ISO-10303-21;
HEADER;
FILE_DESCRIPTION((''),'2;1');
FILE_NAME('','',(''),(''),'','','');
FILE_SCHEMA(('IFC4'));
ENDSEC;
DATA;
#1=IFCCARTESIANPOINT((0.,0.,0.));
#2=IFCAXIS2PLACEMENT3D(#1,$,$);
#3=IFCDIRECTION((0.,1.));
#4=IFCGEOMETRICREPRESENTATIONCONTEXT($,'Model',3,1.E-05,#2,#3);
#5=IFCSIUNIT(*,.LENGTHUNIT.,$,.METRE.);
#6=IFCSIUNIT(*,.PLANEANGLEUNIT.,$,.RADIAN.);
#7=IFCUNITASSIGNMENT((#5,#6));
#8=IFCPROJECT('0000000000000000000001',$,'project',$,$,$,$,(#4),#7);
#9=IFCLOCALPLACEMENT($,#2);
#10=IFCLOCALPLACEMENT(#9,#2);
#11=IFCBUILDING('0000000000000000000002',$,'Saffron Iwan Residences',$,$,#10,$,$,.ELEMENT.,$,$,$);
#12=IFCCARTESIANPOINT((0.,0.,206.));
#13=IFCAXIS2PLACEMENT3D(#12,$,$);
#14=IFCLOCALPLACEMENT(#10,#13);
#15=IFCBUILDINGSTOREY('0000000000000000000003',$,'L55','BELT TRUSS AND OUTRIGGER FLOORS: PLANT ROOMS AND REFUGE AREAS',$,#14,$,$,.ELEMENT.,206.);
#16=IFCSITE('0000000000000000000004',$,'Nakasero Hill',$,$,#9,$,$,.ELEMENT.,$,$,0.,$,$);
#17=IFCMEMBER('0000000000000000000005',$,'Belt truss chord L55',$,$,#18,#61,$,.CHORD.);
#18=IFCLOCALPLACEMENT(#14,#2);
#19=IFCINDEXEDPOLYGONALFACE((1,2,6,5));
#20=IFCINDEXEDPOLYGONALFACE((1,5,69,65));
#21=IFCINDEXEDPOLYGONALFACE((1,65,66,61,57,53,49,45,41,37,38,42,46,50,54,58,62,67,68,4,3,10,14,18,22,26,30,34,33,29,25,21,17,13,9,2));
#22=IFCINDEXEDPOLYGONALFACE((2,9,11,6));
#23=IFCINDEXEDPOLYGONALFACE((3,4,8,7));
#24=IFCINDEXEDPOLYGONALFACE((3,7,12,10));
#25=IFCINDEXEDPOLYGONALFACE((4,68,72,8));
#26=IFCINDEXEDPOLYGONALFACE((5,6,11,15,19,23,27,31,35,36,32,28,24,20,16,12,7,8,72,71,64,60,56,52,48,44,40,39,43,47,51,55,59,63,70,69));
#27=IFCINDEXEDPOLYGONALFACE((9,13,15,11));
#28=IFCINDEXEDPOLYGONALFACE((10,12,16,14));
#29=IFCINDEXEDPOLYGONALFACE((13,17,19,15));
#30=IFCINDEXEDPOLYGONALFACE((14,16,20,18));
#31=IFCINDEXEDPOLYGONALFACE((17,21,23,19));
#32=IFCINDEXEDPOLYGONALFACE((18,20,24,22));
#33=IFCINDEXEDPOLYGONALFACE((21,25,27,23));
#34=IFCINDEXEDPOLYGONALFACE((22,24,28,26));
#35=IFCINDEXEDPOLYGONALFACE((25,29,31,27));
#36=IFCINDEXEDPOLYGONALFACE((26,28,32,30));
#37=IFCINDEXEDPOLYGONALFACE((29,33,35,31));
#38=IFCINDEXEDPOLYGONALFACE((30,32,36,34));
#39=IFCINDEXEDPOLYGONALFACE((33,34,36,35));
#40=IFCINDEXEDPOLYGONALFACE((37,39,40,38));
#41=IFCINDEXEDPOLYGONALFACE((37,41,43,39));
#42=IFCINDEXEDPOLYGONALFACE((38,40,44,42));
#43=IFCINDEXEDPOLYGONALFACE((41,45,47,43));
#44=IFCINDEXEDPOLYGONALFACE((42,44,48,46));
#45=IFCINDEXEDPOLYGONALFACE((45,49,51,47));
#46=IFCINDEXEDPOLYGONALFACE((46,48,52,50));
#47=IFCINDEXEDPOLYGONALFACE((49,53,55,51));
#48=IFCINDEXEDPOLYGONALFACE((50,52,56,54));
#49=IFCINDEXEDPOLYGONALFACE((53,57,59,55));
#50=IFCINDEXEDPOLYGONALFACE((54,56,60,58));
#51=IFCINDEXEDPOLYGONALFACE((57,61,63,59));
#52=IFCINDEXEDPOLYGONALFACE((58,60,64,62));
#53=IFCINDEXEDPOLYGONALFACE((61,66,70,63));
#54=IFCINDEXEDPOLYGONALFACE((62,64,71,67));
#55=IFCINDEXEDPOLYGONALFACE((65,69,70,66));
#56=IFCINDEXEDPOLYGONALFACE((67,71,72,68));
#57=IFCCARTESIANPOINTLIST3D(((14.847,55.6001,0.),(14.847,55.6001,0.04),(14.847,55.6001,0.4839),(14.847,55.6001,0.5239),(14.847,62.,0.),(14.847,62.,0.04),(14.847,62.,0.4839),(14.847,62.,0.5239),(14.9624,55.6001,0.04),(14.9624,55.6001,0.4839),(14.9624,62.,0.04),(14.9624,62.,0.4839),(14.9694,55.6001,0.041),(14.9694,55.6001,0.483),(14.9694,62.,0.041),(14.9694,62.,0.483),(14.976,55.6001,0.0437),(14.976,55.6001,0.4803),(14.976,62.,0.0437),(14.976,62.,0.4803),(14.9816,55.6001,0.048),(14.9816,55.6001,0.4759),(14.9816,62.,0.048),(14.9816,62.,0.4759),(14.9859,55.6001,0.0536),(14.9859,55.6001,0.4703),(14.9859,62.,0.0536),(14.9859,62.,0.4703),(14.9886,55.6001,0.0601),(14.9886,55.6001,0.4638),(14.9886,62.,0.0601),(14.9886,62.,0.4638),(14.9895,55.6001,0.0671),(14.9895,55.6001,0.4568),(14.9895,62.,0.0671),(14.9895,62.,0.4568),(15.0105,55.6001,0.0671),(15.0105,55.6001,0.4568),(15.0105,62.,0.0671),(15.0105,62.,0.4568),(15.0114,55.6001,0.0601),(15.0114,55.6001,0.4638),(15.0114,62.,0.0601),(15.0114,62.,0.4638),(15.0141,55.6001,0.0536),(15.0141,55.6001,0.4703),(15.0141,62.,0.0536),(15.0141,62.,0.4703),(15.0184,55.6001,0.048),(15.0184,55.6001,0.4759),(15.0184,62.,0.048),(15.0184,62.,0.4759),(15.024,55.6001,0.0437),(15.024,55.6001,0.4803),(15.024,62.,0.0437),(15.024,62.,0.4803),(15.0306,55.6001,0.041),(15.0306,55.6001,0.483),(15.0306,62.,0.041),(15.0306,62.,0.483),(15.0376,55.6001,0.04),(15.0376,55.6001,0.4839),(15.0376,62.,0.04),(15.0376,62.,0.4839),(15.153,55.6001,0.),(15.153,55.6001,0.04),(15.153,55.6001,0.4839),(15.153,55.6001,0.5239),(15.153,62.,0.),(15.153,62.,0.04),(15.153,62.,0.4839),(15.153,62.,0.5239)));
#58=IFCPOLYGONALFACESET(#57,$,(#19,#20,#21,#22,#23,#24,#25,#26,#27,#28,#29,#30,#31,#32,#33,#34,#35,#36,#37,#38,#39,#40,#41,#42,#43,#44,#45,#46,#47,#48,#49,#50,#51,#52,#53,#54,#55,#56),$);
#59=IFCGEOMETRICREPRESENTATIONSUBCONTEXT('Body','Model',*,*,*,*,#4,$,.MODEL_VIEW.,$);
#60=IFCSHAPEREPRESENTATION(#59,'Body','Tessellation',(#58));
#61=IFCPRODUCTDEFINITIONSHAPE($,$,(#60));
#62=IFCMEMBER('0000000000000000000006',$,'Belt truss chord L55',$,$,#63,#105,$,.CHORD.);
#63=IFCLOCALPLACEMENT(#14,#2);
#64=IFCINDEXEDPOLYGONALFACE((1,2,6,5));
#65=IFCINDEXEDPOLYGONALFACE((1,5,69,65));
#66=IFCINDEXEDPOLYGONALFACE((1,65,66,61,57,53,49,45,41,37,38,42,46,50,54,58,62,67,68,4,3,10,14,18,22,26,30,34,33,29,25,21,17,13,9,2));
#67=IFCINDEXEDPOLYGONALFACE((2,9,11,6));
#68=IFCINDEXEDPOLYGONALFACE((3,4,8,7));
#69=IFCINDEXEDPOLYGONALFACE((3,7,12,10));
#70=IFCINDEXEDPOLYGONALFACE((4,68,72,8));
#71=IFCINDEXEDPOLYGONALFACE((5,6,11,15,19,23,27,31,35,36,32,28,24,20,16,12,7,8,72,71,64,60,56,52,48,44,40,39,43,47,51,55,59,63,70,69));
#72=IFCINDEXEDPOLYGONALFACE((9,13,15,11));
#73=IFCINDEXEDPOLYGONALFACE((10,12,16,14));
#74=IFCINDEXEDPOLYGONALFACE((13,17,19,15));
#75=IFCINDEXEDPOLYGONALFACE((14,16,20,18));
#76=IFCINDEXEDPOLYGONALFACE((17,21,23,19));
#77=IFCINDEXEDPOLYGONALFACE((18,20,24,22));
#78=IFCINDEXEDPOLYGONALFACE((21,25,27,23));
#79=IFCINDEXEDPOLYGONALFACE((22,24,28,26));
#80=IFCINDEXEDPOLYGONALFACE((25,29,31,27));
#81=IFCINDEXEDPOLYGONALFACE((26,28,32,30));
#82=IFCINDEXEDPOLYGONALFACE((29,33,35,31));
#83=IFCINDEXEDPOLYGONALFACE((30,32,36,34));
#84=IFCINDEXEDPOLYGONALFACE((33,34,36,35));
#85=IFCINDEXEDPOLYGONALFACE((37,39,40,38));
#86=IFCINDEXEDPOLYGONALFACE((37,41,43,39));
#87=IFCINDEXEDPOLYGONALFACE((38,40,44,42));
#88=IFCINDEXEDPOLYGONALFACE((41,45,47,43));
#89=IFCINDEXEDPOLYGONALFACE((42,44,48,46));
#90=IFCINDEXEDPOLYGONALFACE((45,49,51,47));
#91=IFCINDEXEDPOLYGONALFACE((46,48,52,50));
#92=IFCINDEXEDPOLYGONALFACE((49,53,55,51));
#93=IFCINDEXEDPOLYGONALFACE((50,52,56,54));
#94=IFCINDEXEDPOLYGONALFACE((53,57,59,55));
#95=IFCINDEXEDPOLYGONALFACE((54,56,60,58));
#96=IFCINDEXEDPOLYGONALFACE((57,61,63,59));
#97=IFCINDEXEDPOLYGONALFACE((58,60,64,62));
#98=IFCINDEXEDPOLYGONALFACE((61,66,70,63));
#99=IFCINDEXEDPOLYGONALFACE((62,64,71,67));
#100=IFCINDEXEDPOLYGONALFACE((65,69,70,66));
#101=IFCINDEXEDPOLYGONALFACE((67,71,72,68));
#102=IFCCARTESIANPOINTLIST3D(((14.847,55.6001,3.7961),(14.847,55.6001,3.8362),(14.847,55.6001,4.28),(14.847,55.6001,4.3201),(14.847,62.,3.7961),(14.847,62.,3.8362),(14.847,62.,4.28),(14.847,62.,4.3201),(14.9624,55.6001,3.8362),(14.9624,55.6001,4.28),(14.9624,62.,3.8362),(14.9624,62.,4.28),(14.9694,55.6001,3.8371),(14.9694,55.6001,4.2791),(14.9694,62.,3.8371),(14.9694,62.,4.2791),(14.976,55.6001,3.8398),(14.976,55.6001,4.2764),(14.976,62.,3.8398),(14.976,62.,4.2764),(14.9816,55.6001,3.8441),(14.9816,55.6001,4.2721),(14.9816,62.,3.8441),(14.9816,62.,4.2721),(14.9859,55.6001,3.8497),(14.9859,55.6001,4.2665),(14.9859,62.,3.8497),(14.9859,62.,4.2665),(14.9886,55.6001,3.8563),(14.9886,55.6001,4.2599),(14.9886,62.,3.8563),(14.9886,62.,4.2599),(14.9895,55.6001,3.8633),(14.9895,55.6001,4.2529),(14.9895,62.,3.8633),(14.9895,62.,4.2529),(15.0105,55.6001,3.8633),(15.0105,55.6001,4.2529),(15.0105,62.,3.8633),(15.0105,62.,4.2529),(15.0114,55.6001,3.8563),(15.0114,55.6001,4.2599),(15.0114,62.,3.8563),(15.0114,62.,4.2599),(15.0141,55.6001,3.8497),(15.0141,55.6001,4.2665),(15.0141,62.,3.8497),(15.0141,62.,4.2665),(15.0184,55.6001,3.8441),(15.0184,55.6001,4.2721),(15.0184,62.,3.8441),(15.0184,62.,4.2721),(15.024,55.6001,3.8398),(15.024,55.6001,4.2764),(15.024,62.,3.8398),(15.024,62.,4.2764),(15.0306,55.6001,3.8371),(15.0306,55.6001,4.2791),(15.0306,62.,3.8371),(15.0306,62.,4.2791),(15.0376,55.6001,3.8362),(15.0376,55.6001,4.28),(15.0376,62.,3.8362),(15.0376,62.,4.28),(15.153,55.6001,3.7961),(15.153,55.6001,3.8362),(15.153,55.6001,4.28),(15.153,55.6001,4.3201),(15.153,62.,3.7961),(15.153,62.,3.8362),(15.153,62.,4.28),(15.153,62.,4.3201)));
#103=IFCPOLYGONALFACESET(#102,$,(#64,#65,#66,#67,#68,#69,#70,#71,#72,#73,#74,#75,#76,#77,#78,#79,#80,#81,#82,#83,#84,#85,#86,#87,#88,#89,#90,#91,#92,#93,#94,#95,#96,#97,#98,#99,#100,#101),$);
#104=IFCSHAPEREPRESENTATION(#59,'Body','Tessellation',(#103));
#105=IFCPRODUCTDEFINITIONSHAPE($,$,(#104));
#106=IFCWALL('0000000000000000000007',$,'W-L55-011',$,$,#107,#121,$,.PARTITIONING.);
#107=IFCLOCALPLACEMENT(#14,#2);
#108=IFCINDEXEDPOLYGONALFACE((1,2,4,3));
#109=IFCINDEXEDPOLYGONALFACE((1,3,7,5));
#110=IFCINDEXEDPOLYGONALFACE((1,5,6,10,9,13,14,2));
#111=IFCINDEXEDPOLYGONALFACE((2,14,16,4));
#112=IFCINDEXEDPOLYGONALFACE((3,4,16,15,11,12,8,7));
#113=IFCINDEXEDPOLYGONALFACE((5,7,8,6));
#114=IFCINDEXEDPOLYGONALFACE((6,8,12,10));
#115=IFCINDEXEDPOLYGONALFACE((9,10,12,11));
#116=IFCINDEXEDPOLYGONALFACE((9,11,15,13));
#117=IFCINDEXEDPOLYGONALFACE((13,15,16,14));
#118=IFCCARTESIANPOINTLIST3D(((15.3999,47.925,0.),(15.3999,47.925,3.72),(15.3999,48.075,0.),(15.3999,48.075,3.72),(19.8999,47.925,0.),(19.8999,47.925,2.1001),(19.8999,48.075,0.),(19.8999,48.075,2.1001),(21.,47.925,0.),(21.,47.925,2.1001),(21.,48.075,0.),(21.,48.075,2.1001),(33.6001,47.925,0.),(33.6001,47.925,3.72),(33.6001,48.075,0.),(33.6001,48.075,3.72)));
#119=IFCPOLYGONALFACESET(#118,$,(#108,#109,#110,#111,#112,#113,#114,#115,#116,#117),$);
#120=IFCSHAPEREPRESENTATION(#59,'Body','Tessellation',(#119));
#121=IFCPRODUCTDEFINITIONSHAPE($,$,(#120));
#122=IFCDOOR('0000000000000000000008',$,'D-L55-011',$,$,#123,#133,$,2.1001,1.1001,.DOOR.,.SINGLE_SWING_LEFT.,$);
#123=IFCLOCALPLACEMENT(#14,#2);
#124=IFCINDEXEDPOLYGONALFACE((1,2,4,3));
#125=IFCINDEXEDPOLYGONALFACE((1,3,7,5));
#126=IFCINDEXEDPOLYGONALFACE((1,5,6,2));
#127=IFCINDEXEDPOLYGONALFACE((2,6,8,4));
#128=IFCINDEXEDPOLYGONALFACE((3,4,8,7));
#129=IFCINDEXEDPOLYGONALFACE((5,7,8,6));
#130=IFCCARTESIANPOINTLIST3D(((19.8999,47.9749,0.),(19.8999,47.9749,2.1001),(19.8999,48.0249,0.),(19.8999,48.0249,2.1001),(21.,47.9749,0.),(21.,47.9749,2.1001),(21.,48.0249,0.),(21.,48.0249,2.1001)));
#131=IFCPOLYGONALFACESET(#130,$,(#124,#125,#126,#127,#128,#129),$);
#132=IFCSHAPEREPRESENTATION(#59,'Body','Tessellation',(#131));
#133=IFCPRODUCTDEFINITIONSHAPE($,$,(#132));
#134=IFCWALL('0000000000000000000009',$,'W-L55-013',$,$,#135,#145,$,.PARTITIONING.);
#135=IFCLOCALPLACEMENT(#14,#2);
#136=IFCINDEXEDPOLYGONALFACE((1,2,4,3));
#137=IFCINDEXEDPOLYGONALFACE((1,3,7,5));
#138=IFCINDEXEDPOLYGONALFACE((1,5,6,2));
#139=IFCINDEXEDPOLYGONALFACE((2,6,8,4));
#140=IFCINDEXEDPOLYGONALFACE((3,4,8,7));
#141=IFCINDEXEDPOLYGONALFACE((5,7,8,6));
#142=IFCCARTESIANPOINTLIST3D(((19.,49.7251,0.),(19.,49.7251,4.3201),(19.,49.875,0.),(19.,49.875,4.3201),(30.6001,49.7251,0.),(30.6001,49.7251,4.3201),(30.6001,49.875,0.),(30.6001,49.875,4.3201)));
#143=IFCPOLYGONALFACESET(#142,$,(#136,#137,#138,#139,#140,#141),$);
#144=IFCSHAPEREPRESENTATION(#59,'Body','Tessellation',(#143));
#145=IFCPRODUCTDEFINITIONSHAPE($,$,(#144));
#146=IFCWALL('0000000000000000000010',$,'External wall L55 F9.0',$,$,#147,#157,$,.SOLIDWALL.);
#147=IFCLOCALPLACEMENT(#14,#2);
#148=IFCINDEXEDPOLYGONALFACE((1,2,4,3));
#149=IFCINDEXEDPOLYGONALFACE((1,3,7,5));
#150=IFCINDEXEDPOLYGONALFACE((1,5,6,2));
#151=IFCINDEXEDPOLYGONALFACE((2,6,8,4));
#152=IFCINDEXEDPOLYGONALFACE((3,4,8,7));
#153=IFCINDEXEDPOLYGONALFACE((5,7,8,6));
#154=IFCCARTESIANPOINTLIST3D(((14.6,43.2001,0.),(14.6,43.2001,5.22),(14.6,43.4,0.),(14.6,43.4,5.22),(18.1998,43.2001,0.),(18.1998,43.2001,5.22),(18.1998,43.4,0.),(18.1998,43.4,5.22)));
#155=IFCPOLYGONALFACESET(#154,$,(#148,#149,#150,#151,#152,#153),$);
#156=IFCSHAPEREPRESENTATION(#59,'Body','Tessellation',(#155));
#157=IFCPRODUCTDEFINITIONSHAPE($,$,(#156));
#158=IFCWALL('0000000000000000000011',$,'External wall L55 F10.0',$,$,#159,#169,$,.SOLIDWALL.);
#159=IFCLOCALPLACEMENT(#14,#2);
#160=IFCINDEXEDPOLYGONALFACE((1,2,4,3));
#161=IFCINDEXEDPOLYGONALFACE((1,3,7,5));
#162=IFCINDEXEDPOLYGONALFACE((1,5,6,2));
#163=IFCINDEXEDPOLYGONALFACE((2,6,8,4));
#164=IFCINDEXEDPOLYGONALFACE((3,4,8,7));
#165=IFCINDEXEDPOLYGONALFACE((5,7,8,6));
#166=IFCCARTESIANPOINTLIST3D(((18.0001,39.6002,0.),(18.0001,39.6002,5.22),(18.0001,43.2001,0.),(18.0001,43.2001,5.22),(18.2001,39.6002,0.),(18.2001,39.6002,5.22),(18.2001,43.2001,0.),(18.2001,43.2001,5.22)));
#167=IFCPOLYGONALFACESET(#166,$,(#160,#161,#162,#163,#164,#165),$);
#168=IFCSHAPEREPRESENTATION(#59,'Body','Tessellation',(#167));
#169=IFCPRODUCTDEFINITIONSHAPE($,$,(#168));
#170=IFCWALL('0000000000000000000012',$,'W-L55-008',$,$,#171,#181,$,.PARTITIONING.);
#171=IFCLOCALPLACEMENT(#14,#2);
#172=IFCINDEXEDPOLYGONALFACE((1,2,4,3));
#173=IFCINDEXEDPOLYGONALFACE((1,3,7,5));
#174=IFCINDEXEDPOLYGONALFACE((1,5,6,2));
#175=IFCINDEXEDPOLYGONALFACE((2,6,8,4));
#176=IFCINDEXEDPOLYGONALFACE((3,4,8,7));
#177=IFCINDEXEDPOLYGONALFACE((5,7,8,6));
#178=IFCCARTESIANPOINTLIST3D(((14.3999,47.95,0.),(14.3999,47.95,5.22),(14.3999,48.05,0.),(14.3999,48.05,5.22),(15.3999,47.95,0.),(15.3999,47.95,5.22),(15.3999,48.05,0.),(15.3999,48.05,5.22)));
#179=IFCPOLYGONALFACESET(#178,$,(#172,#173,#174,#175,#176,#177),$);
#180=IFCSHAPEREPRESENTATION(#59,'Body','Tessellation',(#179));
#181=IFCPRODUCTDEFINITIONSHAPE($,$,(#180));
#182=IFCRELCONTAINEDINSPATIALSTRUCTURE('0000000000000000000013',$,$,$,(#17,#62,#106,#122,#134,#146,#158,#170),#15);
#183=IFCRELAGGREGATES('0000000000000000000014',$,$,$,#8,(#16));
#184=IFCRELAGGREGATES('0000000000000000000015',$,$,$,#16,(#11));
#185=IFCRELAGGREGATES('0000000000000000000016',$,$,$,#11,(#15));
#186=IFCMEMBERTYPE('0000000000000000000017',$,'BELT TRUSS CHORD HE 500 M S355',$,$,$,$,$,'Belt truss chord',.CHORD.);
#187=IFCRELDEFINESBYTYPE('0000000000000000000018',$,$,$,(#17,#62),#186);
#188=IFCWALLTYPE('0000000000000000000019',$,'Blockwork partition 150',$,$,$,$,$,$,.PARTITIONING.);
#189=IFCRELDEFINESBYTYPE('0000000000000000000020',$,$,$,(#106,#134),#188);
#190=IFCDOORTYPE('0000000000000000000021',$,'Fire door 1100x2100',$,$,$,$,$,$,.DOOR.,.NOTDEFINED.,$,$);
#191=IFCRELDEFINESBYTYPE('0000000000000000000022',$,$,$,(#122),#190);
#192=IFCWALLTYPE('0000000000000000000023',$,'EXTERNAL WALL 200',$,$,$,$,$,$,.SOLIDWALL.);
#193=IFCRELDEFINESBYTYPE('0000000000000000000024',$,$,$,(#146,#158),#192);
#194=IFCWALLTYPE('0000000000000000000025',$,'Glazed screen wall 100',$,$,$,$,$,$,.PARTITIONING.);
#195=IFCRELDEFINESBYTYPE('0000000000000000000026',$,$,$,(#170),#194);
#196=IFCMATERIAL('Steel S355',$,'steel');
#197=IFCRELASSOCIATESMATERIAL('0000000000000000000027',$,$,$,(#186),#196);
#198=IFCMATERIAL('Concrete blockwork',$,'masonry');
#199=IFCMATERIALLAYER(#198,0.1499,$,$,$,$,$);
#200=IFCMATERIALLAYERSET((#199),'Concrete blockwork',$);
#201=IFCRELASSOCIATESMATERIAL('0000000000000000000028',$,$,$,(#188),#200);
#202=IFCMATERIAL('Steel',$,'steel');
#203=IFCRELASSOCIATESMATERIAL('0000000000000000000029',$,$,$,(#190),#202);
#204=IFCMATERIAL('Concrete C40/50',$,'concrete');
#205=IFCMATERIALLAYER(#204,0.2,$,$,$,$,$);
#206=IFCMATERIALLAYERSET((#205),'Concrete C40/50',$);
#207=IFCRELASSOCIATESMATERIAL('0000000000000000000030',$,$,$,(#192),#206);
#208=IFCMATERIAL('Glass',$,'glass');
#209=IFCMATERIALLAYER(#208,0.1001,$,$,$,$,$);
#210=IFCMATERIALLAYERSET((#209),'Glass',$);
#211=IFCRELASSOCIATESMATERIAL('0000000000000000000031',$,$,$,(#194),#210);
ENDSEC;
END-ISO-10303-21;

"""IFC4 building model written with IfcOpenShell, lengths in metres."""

from ifc_helpers import new_model, si_unit, direction, frame, frame_2d, origin, origin_2d, place, context, subcontext, project, spatial, rectangle, i_section, extrude, source, transform, mapped, material, layer, layer_set, material_profile, profile_set, type_object, element, fill, save


model = new_model("IFC4")

# Units and contexts
model_context = context("Model", 3, precision=1e-05, world=origin(), true_north=direction((0.0, 1.0)))
body_context = subcontext(model_context, "Body", "Model", "MODEL_VIEW")
ifc_project = project(units=[si_unit("LENGTHUNIT", "METRE"), si_unit("PLANEANGLEUNIT", "RADIAN")], contexts=[model_context])

# Site, building, storey
site_placement = place(None, origin())
site = spatial("IfcSite", under=ifc_project, at=site_placement, Name="Nakasero Hill", CompositionType="ELEMENT", RefElevation=0.0)
building_placement = place(site_placement, origin())
building = spatial("IfcBuilding", under=site, at=building_placement, Name="Saffron Iwan Residences", CompositionType="ELEMENT")
storey_placement = place(building_placement, frame((0.0, 0.0, 206.0)))
storey = spatial("IfcBuildingStorey", under=building, at=storey_placement, Name="L55", Description="BELT TRUSS AND OUTRIGGER FLOORS: PLANT ROOMS AND REFUGE AREAS", CompositionType="ELEMENT", Elevation=206.0)

# Members
ifc_material_1 = material(Name="Steel S355", Category="steel")
ifc_material_profile_1 = material_profile(ifc_material_1, i_section(OverallWidth=0.3059, OverallDepth=0.5239, WebThickness=0.021, FlangeThickness=0.04, FilletRadius=0.0271, at=origin_2d()), Name="HE 500 M")
ifc_profile_set_1 = profile_set([ifc_material_profile_1], Name="Steel S355")
member_type_1 = type_object("IfcMemberType", Name="BELT TRUSS CHORD HE 500 M S355", ElementType="Belt truss chord", PredefinedType="CHORD", material=ifc_profile_set_1)
shared_shape_1 = source(origin(), body_context, "Body", "SweptSolid", [
    extrude(i_section(OverallWidth=0.3059, OverallDepth=0.5239, WebThickness=0.021, FlangeThickness=0.04, FilletRadius=0.0271, at=origin_2d()), origin(), (0.0, 0.0, 1.0), 6.3999),
])
for number, where, z_axis, x_axis, name in (
    (1, (15.0, 55.6001, 0.262), (0.0, 1.0, 0.0), (-1.0, 0.0, 0.0), "Belt truss chord L55"),
    (2, (15.0, 55.6001, 4.0581), (0.0, 1.0, 0.0), (-1.0, 0.0, 0.0), "Belt truss chord L55"),
):
    element("IfcMember", number, at=place(storey_placement, frame(where, z_axis=z_axis, x_axis=x_axis)), inside=storey, type_object=member_type_1, Name=name, PredefinedType="CHORD", context=body_context, shape_type="MappedRepresentation", body=[
        mapped(shared_shape_1, transform((0.0, 0.0, 0.0))),
    ])

# Wall, opening, door
ifc_material_2 = material(Name="Concrete blockwork", Category="masonry")
ifc_layer_1 = layer(ifc_material_2, 0.1499)
ifc_layer_set_1 = layer_set([ifc_layer_1], Name="Concrete blockwork")
wall_type_1 = type_object("IfcWallType", Name="Blockwork partition 150", PredefinedType="PARTITIONING", material=ifc_layer_set_1)
wall_1_placement = place(storey_placement, frame((15.3999, 48.0, 0.0), z_axis=(0.0, 0.0, 1.0), x_axis=(1.0, 0.0, 0.0)))
wall_1 = element("IfcWall", 3, at=wall_1_placement, inside=storey, type_object=wall_type_1, Name="W-L55-011", PredefinedType="PARTITIONING", context=body_context, shape_type="SweptSolid", body=[
    extrude(rectangle(XDim=18.2002, YDim=0.1499, at=frame_2d((9.1001, 0.0))), origin(), (0.0, 0.0, 1.0), 3.72),
])
opening_placement = place(wall_1_placement, frame((4.5, 0.0, 0.0)))
opening = element("IfcOpeningElement", 4, at=opening_placement, cuts=wall_1, PredefinedType="OPENING", context=body_context, shape_type="SweptSolid", body=[
    extrude(rectangle(XDim=1.1001, YDim=2.1001, at=frame_2d((0.55, 1.05))), frame((0.0, 0.085, 0.0), z_axis=(0.0, -1.0, 0.0), x_axis=(1.0, 0.0, 0.0)), (0.0, 0.0, 1.0), 0.1699),
])
ifc_material_3 = material(Name="Steel", Category="steel")
door_type = type_object("IfcDoorType", Name="Fire door 1100x2100", OperationType="NOTDEFINED", PredefinedType="DOOR", material=ifc_material_3)
door_placement = place(opening_placement, origin())
door = element("IfcDoor", 5, at=door_placement, inside=storey, type_object=door_type, Name="D-L55-011", OperationType="SINGLE_SWING_LEFT", OverallHeight=2.1001, OverallWidth=1.1001, PredefinedType="DOOR", context=body_context, shape_type="SweptSolid", body=[
    extrude(rectangle(XDim=1.1001, YDim=2.1001, at=frame_2d((0.55, 1.05))), frame((0.0, 0.0249, 0.0), z_axis=(0.0, -1.0, 0.0), x_axis=(1.0, 0.0, 0.0)), (0.0, 0.0, 1.0), 0.05),
])
fill(opening, door)

# Walls
wall_2_placement = place(storey_placement, frame((19.0, 49.8, 0.0), z_axis=(0.0, 0.0, 1.0), x_axis=(1.0, 0.0, 0.0)))
element("IfcWall", 6, at=wall_2_placement, inside=storey, type_object=wall_type_1, Name="W-L55-013", PredefinedType="PARTITIONING", context=body_context, shape_type="SweptSolid", body=[
    extrude(rectangle(XDim=11.6001, YDim=0.1499, at=frame_2d((5.8, 0.0))), origin(), (0.0, 0.0, 1.0), 4.3201),
])
ifc_material_4 = material(Name="Concrete C40/50", Category="concrete")
ifc_layer_2 = layer(ifc_material_4, 0.2)
ifc_layer_set_2 = layer_set([ifc_layer_2], Name="Concrete C40/50")
wall_type_2 = type_object("IfcWallType", Name="EXTERNAL WALL 200", PredefinedType="SOLIDWALL", material=ifc_layer_set_2)
for number, where, z_axis, x_axis, name in (
    (7, (14.6001, 43.3, 0.0), (0.0, 0.0, 1.0), (1.0, 0.0, 0.0), "External wall L55 F9.0"),
    (8, (18.1001, 43.2, 0.0), (0.0, 0.0, 1.0), (0.0, -1.0, 0.0), "External wall L55 F10.0"),
):
    element("IfcWall", number, at=place(storey_placement, frame(where, z_axis=z_axis, x_axis=x_axis)), inside=storey, type_object=wall_type_2, Name=name, PredefinedType="SOLIDWALL", context=body_context, shape_type="SweptSolid", body=[
        extrude(rectangle(XDim=3.5999, YDim=0.2, at=frame_2d((1.7998, 0.0))), origin(), (0.0, 0.0, 1.0), 5.22),
    ])
ifc_material_5 = material(Name="Glass", Category="glass")
ifc_layer_3 = layer(ifc_material_5, 0.1001)
ifc_layer_set_3 = layer_set([ifc_layer_3], Name="Glass")
wall_type_3 = type_object("IfcWallType", Name="Glazed screen wall 100", PredefinedType="PARTITIONING", material=ifc_layer_set_3)
wall_3_placement = place(storey_placement, frame((14.3999, 48.0, 0.0), z_axis=(0.0, 0.0, 1.0), x_axis=(1.0, 0.0, 0.0)))
element("IfcWall", 9, at=wall_3_placement, inside=storey, type_object=wall_type_3, Name="W-L55-008", PredefinedType="PARTITIONING", context=body_context, shape_type="SweptSolid", body=[
    extrude(rectangle(XDim=1.0, YDim=0.1001, at=frame_2d((0.5, 0.0))), origin(), (0.0, 0.0, 1.0), 5.22),
])

save(model, "model.ifc")
